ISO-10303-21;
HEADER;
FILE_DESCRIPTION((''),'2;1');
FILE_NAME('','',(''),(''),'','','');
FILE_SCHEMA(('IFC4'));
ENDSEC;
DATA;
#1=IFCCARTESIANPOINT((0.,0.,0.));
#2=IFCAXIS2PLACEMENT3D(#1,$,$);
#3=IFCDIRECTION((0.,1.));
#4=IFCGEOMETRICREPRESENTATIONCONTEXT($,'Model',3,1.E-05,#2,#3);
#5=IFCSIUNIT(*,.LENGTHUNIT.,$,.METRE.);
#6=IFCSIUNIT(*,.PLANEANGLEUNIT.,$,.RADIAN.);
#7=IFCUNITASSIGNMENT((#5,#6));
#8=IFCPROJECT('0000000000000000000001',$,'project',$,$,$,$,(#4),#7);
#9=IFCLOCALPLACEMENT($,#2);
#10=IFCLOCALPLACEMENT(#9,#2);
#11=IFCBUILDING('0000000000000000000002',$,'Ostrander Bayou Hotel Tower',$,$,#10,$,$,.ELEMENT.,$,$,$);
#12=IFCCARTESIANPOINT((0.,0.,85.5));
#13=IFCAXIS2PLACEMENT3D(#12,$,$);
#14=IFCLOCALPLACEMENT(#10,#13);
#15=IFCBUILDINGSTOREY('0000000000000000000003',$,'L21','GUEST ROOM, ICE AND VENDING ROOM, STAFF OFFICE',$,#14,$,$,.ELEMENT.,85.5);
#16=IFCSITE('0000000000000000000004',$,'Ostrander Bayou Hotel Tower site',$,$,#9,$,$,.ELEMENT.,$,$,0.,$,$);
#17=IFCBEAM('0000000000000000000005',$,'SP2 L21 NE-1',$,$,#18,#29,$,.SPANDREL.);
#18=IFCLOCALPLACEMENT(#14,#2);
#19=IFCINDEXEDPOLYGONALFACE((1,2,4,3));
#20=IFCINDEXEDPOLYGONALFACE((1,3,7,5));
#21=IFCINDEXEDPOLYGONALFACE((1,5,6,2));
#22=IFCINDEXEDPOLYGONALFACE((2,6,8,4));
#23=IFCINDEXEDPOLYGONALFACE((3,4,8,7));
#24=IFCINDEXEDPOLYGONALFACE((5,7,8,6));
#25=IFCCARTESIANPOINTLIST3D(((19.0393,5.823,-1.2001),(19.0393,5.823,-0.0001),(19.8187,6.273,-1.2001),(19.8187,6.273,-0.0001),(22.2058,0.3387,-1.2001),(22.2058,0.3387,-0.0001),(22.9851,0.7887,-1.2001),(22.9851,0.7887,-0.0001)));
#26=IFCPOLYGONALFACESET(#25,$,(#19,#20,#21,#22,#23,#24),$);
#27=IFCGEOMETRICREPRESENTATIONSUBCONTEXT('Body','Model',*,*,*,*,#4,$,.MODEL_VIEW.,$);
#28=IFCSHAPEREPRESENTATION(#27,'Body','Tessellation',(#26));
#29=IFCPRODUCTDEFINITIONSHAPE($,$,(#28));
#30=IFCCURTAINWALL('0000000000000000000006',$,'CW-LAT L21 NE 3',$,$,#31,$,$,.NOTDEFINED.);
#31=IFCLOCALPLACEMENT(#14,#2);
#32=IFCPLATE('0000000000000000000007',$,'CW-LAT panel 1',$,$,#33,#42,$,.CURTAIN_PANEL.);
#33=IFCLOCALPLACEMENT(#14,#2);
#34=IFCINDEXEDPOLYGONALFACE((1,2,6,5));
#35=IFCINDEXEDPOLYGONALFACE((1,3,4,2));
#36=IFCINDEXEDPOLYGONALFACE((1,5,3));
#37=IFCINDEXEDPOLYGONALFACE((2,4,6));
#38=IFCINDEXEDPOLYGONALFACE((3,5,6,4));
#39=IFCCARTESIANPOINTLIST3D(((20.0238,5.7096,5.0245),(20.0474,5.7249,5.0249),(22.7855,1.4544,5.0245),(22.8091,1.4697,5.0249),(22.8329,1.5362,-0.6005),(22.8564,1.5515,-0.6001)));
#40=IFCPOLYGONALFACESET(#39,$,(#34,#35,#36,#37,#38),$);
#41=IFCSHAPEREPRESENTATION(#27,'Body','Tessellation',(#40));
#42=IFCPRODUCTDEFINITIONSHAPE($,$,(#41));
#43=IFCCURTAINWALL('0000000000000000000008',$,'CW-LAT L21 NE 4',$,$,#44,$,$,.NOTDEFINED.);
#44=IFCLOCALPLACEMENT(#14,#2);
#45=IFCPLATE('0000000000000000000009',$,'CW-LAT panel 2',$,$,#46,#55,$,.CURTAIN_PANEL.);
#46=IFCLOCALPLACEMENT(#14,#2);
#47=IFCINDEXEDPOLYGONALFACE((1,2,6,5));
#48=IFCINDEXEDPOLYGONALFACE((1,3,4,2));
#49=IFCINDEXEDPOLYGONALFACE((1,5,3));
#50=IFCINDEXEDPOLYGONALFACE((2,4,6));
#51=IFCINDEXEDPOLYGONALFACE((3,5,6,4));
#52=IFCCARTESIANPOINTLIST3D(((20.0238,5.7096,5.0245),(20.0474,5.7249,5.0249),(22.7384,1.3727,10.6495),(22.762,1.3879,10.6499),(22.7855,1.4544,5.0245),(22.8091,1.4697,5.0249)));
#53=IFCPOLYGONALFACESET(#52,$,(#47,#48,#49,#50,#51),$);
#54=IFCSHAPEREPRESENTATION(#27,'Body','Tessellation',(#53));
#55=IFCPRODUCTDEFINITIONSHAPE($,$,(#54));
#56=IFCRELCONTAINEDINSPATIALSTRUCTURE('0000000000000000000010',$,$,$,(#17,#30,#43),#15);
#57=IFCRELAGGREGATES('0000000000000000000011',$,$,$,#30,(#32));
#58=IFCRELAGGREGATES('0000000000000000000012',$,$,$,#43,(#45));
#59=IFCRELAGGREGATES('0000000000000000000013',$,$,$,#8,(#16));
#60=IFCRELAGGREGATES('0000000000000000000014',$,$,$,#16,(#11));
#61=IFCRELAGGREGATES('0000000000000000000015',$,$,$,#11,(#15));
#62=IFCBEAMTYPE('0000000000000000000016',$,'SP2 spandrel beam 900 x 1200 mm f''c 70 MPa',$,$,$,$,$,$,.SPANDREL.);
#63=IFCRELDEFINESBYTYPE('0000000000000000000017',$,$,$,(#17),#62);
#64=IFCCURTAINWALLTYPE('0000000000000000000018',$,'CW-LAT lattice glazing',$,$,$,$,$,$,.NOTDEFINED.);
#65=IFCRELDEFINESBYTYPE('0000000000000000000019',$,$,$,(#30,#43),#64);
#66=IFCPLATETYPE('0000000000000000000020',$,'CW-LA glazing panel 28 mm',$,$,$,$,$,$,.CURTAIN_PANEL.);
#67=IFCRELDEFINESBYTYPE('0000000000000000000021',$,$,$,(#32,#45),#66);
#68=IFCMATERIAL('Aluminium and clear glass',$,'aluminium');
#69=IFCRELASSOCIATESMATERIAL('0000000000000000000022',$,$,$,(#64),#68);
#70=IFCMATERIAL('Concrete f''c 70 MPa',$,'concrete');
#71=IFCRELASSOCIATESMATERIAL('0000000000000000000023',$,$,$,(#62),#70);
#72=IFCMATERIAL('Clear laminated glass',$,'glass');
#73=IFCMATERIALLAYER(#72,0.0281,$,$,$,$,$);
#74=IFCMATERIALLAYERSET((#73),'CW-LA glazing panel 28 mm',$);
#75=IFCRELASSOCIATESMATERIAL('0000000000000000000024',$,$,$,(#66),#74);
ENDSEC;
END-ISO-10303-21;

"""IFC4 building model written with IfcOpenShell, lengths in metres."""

from ifc_helpers import new_model, si_unit, direction, frame, origin, origin_2d, place, context, subcontext, project, spatial, polyline, rectangle, outline, extrude, material, layer, layer_set, material_profile, profile_set, type_object, element, aggregate, save


model = new_model("IFC4")

# Units and contexts
model_context = context("Model", 3, precision=1e-05, world=origin(), true_north=direction((0.0, 1.0)))
body_context = subcontext(model_context, "Body", "Model", "MODEL_VIEW")
ifc_project = project(units=[si_unit("LENGTHUNIT", "METRE"), si_unit("PLANEANGLEUNIT", "RADIAN")], contexts=[model_context])

# Site, building, storey
site_placement = place(None, origin())
site = spatial("IfcSite", under=ifc_project, at=site_placement, Name="Ostrander Bayou Hotel Tower site", CompositionType="ELEMENT", RefElevation=0.0)
building_placement = place(site_placement, origin())
building = spatial("IfcBuilding", under=site, at=building_placement, Name="Ostrander Bayou Hotel Tower", CompositionType="ELEMENT")
storey_placement = place(building_placement, frame((0.0, 0.0, 85.5)))
storey = spatial("IfcBuildingStorey", under=building, at=storey_placement, Name="L21", Description="GUEST ROOM, ICE AND VENDING ROOM, STAFF OFFICE", CompositionType="ELEMENT", Elevation=85.5)

# Shared definitions
ifc_material_1 = material(Name="Aluminium and clear glass", Category="aluminium")
curtain_wall_type = type_object("IfcCurtainWallType", Name="CW-LAT lattice glazing", PredefinedType="NOTDEFINED", material=ifc_material_1)

# Beam
ifc_material_2 = material(Name="Concrete f'c 70 MPa", Category="concrete")
ifc_material_profile_1 = material_profile(ifc_material_2, rectangle(XDim=0.8999, YDim=1.2, at=origin_2d()))
ifc_profile_set_1 = profile_set([ifc_material_profile_1], Name="Concrete f'c 70 MPa")
beam_type_1 = type_object("IfcBeamType", Name="SP2 spandrel beam 900 x 1200 mm f'c 70 MPa", PredefinedType="SPANDREL", material=ifc_profile_set_1)
beam_1_placement = place(storey_placement, frame((22.5955, 0.5637, -0.6001), z_axis=(-0.500012, 0.866019, 0.0), x_axis=(-0.866019, -0.500012, 0.0)))
element("IfcBeam", 1, at=beam_1_placement, inside=storey, type_object=beam_type_1, Name="SP2 L21 NE-1", PredefinedType="SPANDREL", context=body_context, shape_type="SweptSolid", body=[
    extrude(rectangle(XDim=0.8999, YDim=1.2, at=origin_2d()), origin(), (0.0, 0.0, 1.0), 6.3328),
])

# Curtain walls, plates
curtain_wall_1_placement = place(storey_placement, origin())
curtain_wall_1 = element("IfcCurtainWall", 2, at=curtain_wall_1_placement, inside=storey, type_object=curtain_wall_type, Name="CW-LAT L21 NE 3", PredefinedType="NOTDEFINED")
ifc_material_3 = material(Name="Clear laminated glass", Category="glass")
ifc_layer_1 = layer(ifc_material_3, 0.0281)
ifc_layer_set_1 = layer_set([ifc_layer_1], Name="CW-LA glazing panel 28 mm")
plate_type = type_object("IfcPlateType", Name="CW-LA glazing panel 28 mm", PredefinedType="CURTAIN_PANEL", material=ifc_layer_set_1)
plate_1_placement = place(storey_placement, frame((20.0474, 5.7249, 5.0249), z_axis=(0.83872, 0.544357, 0.014977), x_axis=(0.372241, -0.553023, -0.745387)))
plate_1 = element("IfcPlate", 3, at=plate_1_placement, type_object=plate_type, Name="CW-LAT panel 1", PredefinedType="CURTAIN_PANEL", context=body_context, shape_type="SweptSolid", body=[
    extrude(outline(polyline([(0.0, 0.0), (7.5464, 0.0), (3.3812, -3.7816), (0.0, 0.0)])), origin(), (0.0, 0.0, -1.0), 0.0281),
])
aggregate(curtain_wall_1, [plate_1])
curtain_wall_2_placement = place(storey_placement, origin())
curtain_wall_2 = element("IfcCurtainWall", 4, at=curtain_wall_2_placement, inside=storey, type_object=curtain_wall_type, Name="CW-LAT L21 NE 4", PredefinedType="NOTDEFINED")
plate_2_placement = place(storey_placement, frame((20.0474, 5.7249, 5.0249), z_axis=(0.83872, 0.544357, 0.014941), x_axis=(0.357003, -0.570358, 0.739757)))
plate_2 = element("IfcPlate", 5, at=plate_2_placement, type_object=plate_type, Name="CW-LAT panel 2", PredefinedType="CURTAIN_PANEL", context=body_context, shape_type="SweptSolid", body=[
    extrude(outline(polyline([(0.0, 0.0), (7.6038, 0.0), (3.4129, 3.7531), (0.0, 0.0)])), origin(), (0.0, 0.0, -1.0), 0.0281),
])
aggregate(curtain_wall_2, [plate_2])

save(model, "model.ifc")
